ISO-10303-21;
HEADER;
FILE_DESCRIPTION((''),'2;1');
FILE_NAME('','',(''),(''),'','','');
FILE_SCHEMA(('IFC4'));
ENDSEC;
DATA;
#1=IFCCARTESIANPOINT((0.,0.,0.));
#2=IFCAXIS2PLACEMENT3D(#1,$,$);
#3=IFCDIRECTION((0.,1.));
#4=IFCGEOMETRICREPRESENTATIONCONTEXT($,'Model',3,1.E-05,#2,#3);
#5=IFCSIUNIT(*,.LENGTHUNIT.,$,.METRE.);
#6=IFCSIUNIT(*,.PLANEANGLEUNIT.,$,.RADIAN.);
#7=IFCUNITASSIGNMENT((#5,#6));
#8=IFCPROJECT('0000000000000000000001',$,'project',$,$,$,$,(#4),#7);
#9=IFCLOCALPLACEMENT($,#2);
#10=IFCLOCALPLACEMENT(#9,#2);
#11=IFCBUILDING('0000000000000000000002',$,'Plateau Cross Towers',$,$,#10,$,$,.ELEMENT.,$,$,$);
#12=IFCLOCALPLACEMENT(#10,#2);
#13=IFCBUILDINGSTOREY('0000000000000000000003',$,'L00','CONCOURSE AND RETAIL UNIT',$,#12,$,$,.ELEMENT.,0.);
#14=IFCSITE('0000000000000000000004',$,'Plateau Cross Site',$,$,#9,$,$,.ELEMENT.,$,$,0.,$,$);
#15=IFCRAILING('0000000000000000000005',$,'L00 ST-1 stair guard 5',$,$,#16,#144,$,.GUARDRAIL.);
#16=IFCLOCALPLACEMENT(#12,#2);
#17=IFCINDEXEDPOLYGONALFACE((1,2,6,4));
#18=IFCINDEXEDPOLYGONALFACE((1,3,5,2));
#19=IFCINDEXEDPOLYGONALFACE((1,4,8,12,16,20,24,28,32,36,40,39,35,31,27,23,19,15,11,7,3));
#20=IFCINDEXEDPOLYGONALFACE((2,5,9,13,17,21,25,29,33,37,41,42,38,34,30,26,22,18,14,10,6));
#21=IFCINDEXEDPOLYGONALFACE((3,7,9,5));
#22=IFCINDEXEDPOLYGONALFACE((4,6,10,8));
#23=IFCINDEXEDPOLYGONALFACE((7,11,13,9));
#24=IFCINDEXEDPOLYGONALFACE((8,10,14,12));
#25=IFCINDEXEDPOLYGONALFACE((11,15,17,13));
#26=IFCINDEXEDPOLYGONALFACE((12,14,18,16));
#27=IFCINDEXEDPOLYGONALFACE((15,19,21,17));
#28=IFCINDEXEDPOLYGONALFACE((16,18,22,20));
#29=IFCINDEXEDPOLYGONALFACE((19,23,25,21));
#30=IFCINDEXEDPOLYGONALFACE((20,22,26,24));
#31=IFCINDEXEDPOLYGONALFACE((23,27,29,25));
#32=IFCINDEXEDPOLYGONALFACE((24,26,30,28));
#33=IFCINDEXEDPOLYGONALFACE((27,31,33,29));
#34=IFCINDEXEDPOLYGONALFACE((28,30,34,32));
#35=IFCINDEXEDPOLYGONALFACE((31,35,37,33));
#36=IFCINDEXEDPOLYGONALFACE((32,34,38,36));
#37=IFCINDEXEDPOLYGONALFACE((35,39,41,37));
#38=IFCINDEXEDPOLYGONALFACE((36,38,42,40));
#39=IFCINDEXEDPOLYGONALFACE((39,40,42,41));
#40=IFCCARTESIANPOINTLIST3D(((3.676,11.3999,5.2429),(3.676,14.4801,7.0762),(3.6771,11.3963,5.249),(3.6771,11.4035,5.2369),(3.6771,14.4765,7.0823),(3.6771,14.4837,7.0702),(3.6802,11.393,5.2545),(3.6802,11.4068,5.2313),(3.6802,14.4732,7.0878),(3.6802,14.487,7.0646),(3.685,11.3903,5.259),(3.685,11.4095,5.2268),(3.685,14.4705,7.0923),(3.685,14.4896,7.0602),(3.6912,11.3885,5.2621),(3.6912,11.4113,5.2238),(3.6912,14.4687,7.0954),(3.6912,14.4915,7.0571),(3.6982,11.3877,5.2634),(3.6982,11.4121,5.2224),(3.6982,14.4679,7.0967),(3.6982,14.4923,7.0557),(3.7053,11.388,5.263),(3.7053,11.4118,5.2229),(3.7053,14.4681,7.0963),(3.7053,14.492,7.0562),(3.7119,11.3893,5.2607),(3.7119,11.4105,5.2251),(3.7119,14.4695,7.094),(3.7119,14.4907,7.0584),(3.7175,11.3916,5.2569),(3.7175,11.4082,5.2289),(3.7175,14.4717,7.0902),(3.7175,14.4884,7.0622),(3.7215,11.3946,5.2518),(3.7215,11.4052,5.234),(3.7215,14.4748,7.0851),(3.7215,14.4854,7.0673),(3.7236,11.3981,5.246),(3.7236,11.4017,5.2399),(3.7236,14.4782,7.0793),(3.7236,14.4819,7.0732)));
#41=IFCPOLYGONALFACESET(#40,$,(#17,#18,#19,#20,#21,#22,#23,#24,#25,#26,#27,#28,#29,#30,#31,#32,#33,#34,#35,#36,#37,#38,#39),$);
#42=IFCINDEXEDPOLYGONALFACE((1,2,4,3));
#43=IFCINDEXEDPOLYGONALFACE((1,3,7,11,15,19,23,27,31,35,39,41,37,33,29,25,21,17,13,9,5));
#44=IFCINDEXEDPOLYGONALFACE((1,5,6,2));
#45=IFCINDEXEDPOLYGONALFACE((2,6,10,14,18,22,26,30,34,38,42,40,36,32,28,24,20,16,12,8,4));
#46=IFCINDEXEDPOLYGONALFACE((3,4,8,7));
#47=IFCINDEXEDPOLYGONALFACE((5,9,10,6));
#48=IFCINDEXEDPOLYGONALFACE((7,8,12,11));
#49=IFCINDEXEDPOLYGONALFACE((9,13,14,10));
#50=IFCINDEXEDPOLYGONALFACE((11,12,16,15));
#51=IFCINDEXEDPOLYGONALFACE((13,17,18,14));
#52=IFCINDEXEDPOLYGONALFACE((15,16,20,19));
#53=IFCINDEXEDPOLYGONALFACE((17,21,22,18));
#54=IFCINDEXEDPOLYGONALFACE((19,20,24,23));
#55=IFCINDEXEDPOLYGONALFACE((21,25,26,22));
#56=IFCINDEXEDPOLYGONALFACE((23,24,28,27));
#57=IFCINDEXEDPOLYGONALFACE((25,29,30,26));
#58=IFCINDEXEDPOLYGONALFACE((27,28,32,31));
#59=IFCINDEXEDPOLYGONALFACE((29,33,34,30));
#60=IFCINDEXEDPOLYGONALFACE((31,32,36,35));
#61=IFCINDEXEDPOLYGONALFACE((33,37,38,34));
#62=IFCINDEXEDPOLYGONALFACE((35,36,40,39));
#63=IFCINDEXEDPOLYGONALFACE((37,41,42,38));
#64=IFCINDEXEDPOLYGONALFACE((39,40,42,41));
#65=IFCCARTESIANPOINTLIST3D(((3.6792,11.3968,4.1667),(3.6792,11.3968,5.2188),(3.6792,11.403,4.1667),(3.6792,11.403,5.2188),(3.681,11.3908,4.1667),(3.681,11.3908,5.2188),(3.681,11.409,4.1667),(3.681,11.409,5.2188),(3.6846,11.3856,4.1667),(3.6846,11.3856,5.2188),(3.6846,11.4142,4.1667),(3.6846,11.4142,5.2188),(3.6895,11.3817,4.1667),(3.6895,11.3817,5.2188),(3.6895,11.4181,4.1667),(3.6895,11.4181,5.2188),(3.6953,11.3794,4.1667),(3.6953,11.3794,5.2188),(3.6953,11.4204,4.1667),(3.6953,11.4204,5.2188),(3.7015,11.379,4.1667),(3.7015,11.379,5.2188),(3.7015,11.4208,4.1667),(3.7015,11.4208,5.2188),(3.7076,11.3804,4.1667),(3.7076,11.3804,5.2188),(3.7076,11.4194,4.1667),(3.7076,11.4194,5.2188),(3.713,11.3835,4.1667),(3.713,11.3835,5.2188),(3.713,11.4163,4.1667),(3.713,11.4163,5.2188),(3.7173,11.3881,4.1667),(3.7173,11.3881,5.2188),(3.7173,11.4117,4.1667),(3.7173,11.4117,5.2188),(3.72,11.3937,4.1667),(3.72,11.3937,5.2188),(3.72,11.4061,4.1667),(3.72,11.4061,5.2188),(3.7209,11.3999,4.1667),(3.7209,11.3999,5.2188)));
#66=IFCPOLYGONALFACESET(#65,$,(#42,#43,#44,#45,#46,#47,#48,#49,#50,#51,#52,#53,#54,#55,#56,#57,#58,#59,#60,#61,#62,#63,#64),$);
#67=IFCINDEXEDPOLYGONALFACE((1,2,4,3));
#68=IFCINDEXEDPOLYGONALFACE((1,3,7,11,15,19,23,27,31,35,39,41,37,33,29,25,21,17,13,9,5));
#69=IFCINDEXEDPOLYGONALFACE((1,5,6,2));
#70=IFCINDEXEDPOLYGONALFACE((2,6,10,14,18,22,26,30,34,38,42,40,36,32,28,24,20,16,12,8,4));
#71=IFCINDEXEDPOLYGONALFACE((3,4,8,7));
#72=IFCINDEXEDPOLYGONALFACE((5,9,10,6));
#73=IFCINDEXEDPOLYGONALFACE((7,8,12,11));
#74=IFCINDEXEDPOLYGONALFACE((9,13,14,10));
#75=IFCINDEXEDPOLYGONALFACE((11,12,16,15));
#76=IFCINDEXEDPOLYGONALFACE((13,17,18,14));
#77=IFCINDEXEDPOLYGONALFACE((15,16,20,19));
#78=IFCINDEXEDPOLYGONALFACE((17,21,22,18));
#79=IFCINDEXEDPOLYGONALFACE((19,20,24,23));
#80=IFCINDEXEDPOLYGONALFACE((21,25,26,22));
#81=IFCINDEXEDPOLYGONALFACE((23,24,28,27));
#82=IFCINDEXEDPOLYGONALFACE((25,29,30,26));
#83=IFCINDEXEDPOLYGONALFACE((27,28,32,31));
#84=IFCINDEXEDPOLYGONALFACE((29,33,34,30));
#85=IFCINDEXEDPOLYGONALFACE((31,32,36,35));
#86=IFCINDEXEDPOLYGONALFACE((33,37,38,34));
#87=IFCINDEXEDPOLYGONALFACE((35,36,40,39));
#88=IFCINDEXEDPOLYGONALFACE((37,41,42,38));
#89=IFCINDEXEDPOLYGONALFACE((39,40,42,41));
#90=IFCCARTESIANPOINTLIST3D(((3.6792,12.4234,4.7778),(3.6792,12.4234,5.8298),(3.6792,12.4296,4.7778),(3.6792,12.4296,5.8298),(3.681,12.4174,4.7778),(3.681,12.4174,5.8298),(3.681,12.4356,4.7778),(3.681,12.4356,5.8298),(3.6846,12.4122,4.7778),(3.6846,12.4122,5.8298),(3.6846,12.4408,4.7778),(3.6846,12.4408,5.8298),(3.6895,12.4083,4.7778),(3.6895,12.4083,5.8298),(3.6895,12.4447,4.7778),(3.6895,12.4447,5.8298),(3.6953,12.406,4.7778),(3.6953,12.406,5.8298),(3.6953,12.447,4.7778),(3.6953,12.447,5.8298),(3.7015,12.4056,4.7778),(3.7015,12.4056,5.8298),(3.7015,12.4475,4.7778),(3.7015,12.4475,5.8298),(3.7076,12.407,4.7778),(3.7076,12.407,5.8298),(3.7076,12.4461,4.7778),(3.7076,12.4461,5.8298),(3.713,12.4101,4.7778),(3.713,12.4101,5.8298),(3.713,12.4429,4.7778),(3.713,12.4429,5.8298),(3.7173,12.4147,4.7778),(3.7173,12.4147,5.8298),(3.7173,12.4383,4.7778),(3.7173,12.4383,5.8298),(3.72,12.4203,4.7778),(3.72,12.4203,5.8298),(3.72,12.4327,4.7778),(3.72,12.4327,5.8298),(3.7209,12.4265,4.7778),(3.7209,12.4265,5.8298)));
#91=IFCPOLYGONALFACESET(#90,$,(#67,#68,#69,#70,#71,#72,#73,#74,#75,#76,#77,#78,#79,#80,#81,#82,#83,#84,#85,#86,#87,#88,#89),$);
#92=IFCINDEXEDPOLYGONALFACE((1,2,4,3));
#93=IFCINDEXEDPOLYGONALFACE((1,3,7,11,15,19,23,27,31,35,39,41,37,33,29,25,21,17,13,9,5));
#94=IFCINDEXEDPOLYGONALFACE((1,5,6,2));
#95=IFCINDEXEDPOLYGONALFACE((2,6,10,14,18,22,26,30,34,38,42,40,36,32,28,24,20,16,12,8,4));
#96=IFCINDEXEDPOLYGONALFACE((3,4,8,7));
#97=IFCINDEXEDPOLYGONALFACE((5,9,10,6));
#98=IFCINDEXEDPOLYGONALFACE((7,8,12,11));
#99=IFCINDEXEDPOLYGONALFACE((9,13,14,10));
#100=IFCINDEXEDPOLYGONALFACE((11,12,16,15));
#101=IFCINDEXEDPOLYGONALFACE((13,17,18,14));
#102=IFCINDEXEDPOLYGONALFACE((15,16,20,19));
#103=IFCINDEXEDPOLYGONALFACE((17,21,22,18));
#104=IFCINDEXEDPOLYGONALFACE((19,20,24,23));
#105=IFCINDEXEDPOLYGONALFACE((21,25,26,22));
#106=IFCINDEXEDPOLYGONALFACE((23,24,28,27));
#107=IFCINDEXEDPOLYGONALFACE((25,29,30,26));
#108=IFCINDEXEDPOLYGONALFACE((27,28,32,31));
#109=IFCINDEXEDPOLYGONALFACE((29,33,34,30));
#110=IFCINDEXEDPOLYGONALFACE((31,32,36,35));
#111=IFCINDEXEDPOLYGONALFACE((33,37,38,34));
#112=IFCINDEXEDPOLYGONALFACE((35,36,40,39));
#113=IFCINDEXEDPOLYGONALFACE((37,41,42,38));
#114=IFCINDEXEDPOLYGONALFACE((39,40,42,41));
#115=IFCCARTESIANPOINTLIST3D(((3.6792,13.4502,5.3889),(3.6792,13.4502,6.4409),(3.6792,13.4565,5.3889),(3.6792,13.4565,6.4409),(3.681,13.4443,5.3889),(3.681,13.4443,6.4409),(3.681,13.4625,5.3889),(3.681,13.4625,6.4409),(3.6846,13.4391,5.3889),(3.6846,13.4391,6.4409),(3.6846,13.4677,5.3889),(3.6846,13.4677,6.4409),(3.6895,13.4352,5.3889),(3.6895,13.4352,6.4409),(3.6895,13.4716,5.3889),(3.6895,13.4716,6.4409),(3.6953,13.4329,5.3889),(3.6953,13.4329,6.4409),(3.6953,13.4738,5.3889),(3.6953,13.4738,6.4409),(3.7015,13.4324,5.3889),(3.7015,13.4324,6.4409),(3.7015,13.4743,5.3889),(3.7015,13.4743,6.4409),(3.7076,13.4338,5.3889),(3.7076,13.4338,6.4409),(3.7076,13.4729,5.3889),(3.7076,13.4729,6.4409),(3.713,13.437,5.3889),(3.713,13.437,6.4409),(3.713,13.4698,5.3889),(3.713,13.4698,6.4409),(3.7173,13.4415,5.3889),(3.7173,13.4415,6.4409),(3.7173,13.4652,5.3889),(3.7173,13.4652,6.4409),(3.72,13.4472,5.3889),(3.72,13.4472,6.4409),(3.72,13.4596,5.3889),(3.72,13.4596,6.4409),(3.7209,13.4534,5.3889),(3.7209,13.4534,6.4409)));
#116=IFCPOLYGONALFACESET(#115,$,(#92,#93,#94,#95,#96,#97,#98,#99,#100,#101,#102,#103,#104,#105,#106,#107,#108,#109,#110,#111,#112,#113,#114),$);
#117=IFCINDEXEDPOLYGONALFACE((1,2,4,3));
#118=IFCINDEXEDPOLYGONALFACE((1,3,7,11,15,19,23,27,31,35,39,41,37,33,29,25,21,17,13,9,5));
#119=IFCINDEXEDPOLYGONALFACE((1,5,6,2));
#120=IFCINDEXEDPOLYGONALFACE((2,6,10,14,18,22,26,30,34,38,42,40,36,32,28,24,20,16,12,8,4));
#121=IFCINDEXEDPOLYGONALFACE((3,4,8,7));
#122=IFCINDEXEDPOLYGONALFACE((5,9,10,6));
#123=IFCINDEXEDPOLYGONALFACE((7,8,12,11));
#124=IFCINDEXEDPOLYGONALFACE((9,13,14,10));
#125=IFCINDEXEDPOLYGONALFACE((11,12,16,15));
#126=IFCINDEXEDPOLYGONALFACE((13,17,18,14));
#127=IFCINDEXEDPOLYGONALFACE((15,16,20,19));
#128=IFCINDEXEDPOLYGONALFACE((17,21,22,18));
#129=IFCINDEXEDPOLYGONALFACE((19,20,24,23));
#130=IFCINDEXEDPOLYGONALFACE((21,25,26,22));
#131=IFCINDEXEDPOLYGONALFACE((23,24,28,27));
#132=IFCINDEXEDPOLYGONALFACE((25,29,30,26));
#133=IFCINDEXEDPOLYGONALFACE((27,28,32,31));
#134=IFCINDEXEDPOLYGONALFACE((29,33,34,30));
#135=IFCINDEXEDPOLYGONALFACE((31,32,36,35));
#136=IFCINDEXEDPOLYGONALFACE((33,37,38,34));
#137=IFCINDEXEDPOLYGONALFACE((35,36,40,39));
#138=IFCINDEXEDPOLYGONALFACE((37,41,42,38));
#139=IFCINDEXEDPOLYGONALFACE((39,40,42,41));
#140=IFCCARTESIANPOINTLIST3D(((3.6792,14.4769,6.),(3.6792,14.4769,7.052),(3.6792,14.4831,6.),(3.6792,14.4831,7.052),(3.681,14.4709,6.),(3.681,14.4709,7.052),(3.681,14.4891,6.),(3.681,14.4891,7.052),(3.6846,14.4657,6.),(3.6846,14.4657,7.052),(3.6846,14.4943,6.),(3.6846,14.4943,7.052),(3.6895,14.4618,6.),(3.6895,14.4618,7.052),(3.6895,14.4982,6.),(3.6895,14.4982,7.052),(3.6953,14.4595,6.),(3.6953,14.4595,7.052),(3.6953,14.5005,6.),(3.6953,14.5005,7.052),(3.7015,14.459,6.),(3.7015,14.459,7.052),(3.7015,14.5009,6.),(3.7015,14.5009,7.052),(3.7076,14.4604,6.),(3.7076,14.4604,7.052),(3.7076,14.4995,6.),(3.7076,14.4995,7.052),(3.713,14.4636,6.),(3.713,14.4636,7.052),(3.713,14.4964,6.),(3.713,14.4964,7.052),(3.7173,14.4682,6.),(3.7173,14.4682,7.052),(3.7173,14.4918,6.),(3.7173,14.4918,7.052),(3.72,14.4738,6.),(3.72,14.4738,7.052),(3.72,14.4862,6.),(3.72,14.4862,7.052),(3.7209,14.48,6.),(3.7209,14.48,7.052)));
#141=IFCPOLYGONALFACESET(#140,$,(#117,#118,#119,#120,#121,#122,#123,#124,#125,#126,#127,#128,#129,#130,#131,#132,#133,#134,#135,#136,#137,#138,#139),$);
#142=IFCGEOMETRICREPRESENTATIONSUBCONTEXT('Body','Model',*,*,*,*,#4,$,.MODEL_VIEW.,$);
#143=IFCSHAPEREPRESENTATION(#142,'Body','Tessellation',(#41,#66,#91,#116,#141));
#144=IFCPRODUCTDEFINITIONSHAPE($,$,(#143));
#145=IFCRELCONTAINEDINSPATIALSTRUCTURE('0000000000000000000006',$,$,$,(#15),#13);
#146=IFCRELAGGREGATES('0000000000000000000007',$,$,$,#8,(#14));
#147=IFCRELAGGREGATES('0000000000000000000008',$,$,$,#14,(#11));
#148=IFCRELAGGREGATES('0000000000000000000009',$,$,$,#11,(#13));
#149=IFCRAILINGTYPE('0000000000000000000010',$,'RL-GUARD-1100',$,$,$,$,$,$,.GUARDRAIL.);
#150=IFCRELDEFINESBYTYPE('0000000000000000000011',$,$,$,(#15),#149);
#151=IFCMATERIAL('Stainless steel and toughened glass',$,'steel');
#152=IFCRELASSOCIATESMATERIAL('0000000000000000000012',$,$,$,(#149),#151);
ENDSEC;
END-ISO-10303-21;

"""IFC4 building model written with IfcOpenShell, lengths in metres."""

from ifc_helpers import new_model, si_unit, direction, frame, origin, origin_2d, place, context, subcontext, project, spatial, circle, extrude, material, type_object, element, save


model = new_model("IFC4")

# Units and contexts
model_context = context("Model", 3, precision=1e-05, world=origin(), true_north=direction((0.0, 1.0)))
body_context = subcontext(model_context, "Body", "Model", "MODEL_VIEW")
ifc_project = project(units=[si_unit("LENGTHUNIT", "METRE"), si_unit("PLANEANGLEUNIT", "RADIAN")], contexts=[model_context])

# Site, building, storey
site_placement = place(None, origin())
site = spatial("IfcSite", under=ifc_project, at=site_placement, Name="Plateau Cross Site", CompositionType="ELEMENT", RefElevation=0.0)
building_placement = place(site_placement, origin())
building = spatial("IfcBuilding", under=site, at=building_placement, Name="Plateau Cross Towers", CompositionType="ELEMENT")
storey_placement = place(building_placement, origin())
storey = spatial("IfcBuildingStorey", under=building, at=storey_placement, Name="L00", Description="CONCOURSE AND RETAIL UNIT", CompositionType="ELEMENT", Elevation=0.0)

# Railing
ifc_material_1 = material(Name="Stainless steel and toughened glass", Category="steel")
railing_type = type_object("IfcRailingType", Name="RL-GUARD-1100", PredefinedType="GUARDRAIL", material=ifc_material_1)
railing_1_placement = place(storey_placement, frame((3.7, 11.3999, 4.1667)))
element("IfcRailing", 1, at=railing_1_placement, inside=storey, type_object=railing_type, Name="L00 ST-1 stair guard 5", PredefinedType="GUARDRAIL", context=body_context, shape_type="SweptSolid", body=[
    extrude(circle(Radius=0.0239, at=origin_2d()), frame((0.0, 0.0, 1.0762), z_axis=(0.0, 0.859309, 0.511458), x_axis=(-1.0, 0.0, 0.0)), (0.0, 0.0, 1.0), 3.5845),
    extrude(circle(Radius=0.021, at=origin_2d()), origin(), (0.0, 0.0, 1.0), 1.052),
    extrude(circle(Radius=0.021, at=origin_2d()), frame((0.0, 1.0266, 0.6111)), (0.0, 0.0, 1.0), 1.052),
    extrude(circle(Radius=0.021, at=origin_2d()), frame((0.0, 2.0535, 1.2222)), (0.0, 0.0, 1.0), 1.052),
    extrude(circle(Radius=0.021, at=origin_2d()), frame((0.0, 3.0801, 1.8333)), (0.0, 0.0, 1.0), 1.052),
])

save(model, "model.ifc")
